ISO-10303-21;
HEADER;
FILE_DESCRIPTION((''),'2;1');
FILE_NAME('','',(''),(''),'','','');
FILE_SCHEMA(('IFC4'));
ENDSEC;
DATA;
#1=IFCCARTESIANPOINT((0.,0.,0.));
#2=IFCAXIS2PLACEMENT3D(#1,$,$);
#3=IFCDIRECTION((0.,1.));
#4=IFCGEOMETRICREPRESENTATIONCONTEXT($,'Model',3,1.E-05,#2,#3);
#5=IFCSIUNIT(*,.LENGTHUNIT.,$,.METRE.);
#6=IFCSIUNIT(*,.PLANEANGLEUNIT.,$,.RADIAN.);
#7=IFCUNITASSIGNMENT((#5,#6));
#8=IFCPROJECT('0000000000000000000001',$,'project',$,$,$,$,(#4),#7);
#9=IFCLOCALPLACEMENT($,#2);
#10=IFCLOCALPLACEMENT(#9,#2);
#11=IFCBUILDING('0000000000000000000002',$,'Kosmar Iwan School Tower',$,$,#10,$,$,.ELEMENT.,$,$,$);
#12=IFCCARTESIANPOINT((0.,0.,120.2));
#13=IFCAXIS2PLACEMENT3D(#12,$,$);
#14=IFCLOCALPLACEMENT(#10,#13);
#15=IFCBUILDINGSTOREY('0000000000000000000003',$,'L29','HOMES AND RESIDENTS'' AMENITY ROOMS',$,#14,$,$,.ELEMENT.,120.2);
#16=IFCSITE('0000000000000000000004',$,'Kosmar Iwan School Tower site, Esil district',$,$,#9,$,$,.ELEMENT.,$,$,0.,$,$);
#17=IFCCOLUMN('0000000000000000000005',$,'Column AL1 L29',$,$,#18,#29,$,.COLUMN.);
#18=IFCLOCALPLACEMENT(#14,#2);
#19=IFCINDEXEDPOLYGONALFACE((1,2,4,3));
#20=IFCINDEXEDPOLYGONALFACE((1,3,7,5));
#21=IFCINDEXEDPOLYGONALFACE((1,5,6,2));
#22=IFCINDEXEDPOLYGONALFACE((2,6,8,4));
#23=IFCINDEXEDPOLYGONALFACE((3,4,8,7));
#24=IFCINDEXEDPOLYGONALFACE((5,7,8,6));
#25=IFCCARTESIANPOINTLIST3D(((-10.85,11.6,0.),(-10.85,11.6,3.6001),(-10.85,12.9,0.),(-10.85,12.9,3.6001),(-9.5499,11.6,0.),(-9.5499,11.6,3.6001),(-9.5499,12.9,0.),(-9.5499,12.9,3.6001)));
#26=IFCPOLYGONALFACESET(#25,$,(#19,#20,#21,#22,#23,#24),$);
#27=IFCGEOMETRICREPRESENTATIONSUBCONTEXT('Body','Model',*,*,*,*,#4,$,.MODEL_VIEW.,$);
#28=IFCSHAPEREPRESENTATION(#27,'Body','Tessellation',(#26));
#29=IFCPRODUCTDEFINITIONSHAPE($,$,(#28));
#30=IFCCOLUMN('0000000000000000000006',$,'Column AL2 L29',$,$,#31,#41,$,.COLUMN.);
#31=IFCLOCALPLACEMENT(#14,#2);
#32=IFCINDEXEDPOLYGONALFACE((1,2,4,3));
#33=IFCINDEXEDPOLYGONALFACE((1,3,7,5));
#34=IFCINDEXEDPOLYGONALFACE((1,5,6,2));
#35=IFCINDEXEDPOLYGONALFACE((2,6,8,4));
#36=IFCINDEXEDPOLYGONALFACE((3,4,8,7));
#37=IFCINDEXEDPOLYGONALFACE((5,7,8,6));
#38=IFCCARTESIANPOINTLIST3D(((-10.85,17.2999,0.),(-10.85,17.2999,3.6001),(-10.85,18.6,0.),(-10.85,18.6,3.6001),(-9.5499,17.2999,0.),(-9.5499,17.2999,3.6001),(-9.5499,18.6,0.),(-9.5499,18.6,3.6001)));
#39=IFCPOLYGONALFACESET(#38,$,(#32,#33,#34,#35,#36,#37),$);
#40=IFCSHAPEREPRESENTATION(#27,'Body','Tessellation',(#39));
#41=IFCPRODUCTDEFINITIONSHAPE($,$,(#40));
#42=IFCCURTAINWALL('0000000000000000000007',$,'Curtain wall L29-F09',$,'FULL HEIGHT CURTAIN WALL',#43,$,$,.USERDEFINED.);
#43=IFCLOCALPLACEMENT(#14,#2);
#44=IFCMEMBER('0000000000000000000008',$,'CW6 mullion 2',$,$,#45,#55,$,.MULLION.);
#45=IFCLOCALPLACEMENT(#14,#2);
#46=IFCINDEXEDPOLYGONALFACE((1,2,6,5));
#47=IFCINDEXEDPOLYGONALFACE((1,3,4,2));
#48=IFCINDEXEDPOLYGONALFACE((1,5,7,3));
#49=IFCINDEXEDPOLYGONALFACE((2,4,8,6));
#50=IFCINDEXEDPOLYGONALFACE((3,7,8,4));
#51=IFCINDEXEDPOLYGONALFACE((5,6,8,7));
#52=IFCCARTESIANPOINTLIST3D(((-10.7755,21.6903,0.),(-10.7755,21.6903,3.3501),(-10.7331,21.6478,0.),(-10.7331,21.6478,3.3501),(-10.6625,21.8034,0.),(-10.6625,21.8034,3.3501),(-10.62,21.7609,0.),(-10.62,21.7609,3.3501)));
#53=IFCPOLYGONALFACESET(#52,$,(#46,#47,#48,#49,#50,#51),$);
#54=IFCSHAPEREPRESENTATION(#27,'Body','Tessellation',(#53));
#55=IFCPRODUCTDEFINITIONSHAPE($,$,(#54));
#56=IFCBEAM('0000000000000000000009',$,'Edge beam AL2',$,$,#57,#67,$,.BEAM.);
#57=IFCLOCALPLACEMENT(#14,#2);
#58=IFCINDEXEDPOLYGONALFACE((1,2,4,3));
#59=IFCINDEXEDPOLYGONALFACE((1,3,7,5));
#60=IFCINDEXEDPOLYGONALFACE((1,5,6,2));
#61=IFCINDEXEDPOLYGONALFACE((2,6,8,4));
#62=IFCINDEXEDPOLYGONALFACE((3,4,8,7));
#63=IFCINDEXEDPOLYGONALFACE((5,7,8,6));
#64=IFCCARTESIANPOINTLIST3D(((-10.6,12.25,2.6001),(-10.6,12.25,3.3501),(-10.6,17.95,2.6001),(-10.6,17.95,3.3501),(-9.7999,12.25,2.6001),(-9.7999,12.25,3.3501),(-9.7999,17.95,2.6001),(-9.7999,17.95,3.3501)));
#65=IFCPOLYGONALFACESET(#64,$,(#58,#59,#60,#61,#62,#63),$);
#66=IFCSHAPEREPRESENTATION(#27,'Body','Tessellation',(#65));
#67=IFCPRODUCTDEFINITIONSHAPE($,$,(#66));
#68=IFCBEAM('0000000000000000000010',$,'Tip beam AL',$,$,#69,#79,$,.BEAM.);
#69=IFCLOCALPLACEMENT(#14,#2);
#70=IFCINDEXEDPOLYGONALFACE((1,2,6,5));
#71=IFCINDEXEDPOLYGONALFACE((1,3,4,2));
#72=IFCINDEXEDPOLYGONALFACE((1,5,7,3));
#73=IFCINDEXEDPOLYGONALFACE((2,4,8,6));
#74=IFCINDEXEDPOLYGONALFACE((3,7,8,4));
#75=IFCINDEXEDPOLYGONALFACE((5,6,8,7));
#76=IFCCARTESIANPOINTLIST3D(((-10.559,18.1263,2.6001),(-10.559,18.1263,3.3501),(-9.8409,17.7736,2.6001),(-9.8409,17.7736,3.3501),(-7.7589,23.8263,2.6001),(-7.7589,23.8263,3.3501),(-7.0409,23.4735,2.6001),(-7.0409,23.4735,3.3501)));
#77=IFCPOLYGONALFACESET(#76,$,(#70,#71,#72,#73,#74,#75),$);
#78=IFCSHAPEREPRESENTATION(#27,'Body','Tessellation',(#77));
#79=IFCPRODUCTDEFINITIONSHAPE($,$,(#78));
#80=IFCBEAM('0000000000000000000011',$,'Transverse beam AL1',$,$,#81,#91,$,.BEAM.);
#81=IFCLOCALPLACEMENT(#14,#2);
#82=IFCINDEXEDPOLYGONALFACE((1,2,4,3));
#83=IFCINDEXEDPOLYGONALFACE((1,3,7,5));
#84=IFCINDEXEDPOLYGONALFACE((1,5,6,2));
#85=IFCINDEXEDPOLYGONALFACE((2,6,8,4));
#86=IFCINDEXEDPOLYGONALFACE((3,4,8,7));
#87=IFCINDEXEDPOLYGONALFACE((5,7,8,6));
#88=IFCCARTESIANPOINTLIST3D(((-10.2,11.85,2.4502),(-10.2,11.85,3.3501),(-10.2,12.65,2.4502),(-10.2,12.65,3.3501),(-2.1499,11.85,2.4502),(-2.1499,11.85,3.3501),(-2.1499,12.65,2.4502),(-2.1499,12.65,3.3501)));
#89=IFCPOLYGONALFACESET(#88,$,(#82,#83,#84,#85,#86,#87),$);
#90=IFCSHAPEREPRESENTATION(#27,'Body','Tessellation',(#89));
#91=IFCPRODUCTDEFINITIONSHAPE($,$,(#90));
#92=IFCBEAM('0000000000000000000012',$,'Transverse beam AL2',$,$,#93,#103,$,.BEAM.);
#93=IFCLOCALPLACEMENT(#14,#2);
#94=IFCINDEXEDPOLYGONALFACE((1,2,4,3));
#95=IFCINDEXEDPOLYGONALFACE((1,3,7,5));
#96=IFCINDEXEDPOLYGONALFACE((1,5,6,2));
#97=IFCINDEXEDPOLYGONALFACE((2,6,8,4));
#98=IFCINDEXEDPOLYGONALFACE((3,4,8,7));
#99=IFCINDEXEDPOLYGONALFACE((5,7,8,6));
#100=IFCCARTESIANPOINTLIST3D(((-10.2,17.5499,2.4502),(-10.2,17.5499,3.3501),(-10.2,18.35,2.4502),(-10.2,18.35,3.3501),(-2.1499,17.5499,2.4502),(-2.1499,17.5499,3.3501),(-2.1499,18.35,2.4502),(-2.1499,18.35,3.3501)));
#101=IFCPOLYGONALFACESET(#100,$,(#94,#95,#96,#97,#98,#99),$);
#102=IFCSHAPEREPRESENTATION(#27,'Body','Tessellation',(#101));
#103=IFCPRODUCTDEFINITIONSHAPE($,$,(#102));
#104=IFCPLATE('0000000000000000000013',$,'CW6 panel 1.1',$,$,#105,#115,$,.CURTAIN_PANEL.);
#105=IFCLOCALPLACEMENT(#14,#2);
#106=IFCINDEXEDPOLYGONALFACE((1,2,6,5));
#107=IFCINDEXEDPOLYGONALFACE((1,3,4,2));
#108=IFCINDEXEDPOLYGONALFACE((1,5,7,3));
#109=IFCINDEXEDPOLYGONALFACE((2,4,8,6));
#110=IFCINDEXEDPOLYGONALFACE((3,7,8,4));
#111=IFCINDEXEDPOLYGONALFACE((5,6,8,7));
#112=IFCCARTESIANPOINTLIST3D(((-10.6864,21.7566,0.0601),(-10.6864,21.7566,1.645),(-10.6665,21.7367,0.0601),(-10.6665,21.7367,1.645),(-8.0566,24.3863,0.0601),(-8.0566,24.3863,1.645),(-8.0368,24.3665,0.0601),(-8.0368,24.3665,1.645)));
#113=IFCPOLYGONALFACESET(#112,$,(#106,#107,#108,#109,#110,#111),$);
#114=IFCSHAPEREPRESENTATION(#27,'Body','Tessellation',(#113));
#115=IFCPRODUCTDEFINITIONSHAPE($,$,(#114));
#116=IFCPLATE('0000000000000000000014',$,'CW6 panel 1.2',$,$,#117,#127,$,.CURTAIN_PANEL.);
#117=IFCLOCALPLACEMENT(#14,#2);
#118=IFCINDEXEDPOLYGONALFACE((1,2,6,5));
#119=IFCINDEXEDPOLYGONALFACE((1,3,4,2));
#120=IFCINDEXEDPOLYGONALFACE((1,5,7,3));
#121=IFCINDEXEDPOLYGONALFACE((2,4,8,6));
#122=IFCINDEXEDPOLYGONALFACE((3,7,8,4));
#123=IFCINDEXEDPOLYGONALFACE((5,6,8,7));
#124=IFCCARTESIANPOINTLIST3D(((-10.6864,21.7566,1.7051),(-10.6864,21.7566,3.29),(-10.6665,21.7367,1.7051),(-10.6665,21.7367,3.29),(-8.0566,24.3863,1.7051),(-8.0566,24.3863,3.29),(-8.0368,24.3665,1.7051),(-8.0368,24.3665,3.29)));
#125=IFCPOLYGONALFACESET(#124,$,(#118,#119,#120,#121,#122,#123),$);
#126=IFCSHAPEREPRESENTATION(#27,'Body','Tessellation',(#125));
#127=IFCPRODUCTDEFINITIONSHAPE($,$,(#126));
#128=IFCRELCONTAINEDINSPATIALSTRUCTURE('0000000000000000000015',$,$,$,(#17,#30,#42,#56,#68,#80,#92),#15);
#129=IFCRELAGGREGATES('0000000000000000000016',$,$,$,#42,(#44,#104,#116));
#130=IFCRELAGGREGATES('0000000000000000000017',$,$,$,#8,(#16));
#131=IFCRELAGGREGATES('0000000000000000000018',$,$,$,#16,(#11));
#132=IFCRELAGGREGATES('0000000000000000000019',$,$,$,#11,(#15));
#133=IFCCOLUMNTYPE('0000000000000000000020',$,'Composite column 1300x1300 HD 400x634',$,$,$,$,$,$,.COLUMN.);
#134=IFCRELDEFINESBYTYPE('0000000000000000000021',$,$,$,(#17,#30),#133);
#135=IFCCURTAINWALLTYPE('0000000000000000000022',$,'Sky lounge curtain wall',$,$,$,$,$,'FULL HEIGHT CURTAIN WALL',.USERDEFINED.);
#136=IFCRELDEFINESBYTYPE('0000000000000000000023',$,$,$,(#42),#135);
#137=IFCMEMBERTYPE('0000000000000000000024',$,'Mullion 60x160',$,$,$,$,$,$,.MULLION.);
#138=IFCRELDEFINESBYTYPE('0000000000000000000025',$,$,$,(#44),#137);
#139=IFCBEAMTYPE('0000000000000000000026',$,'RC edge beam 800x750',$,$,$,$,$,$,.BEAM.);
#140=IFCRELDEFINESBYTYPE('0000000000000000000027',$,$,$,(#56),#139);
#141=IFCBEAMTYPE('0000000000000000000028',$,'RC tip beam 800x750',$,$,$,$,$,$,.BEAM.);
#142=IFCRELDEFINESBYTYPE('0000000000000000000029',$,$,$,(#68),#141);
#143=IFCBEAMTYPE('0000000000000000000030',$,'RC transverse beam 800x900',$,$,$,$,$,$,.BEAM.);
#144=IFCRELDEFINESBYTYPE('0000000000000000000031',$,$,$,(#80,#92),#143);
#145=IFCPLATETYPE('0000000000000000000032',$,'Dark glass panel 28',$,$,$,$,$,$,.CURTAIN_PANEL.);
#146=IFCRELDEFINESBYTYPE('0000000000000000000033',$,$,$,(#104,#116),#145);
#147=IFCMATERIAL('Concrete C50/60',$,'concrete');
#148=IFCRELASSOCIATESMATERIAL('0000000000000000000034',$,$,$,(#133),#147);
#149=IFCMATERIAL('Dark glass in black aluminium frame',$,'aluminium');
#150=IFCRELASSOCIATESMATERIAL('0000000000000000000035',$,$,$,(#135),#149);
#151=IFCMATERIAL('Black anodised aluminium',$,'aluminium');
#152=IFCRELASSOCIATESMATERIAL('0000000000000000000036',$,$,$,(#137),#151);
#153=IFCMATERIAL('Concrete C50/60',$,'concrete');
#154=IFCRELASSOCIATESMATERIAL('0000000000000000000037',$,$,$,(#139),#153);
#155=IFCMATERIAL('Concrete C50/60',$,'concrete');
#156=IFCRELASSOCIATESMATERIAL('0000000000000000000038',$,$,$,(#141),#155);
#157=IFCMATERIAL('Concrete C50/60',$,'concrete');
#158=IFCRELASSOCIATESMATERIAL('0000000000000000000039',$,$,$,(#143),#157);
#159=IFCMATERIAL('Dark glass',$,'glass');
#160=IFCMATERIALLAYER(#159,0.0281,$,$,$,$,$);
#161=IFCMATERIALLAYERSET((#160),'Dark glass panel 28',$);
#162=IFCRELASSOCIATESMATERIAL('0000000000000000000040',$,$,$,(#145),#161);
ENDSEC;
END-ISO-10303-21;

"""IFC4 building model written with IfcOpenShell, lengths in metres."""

from ifc_helpers import new_model, si_unit, direction, frame, origin, origin_2d, place, context, subcontext, project, spatial, rectangle, extrude, material, layer, layer_set, material_profile, profile_set, type_object, element, aggregate, save


model = new_model("IFC4")

# Units and contexts
model_context = context("Model", 3, precision=1e-05, world=origin(), true_north=direction((0.0, 1.0)))
body_context = subcontext(model_context, "Body", "Model", "MODEL_VIEW")
ifc_project = project(units=[si_unit("LENGTHUNIT", "METRE"), si_unit("PLANEANGLEUNIT", "RADIAN")], contexts=[model_context])

# Site, building, storey
site_placement = place(None, origin())
site = spatial("IfcSite", under=ifc_project, at=site_placement, Name="Kosmar Iwan School Tower site, Esil district", CompositionType="ELEMENT", RefElevation=0.0)
building_placement = place(site_placement, origin())
building = spatial("IfcBuilding", under=site, at=building_placement, Name="Kosmar Iwan School Tower", CompositionType="ELEMENT")
storey_placement = place(building_placement, frame((0.0, 0.0, 120.2)))
storey = spatial("IfcBuildingStorey", under=building, at=storey_placement, Name="L29", Description="HOMES AND RESIDENTS' AMENITY ROOMS", CompositionType="ELEMENT", Elevation=120.2)

# Columns
ifc_material_1 = material(Name="Concrete C50/60", Category="concrete")
ifc_material_profile_1 = material_profile(ifc_material_1, rectangle(XDim=1.3, YDim=1.3, at=origin_2d()), Name="RC 1300x1300 + HD 400x634")
ifc_profile_set_1 = profile_set([ifc_material_profile_1], Name="Concrete C50/60")
column_type = type_object("IfcColumnType", Name="Composite column 1300x1300 HD 400x634", PredefinedType="COLUMN", material=ifc_profile_set_1)
for number, where, z_axis, x_axis, name in (
    (1, (-10.2, 12.25, 0.0), (0.0, 0.0, 1.0), (0.0, 1.0, 0.0), "Column AL1 L29"),
    (2, (-10.2, 17.95, 0.0), (0.0, 0.0, 1.0), (0.0, 1.0, 0.0), "Column AL2 L29"),
):
    element("IfcColumn", number, at=place(storey_placement, frame(where, z_axis=z_axis, x_axis=x_axis)), inside=storey, type_object=column_type, Name=name, PredefinedType="COLUMN", context=body_context, shape_type="SweptSolid", body=[
        extrude(rectangle(XDim=1.3, YDim=1.3, at=origin_2d()), origin(), (0.0, 0.0, 1.0), 3.6001),
    ])

# Curtain wall, member
ifc_material_2 = material(Name="Dark glass in black aluminium frame", Category="aluminium")
curtain_wall_type = type_object("IfcCurtainWallType", Name="Sky lounge curtain wall", ElementType="FULL HEIGHT CURTAIN WALL", PredefinedType="USERDEFINED", material=ifc_material_2)
curtain_wall_placement = place(storey_placement, origin())
curtain_wall = element("IfcCurtainWall", 3, at=curtain_wall_placement, inside=storey, type_object=curtain_wall_type, Name="Curtain wall L29-F09", ObjectType="FULL HEIGHT CURTAIN WALL", PredefinedType="USERDEFINED")
ifc_material_3 = material(Name="Black anodised aluminium", Category="aluminium")
ifc_material_profile_2 = material_profile(ifc_material_3, rectangle(XDim=0.0601, YDim=0.1599, at=origin_2d()), Name="MULLION 60x160")
ifc_profile_set_2 = profile_set([ifc_material_profile_2], Name="Black anodised aluminium")
member_type = type_object("IfcMemberType", Name="Mullion 60x160", PredefinedType="MULLION", material=ifc_profile_set_2)
member_placement = place(storey_placement, frame((-10.6978, 21.7256, 0.0), z_axis=(0.0, 0.0, 1.0), x_axis=(0.707107, -0.707107, 0.0)))
member = element("IfcMember", 4, at=member_placement, type_object=member_type, Name="CW6 mullion 2", PredefinedType="MULLION", context=body_context, shape_type="SweptSolid", body=[
    extrude(rectangle(XDim=0.0601, YDim=0.1599, at=origin_2d()), origin(), (0.0, 0.0, 1.0), 3.3501),
])

# Beams
ifc_material_4 = material(Name="Concrete C50/60", Category="concrete")
ifc_material_profile_3 = material_profile(ifc_material_4, rectangle(XDim=0.8, YDim=0.75, at=origin_2d()), Name="RC 800x750")
ifc_profile_set_3 = profile_set([ifc_material_profile_3], Name="Concrete C50/60")
beam_type_1 = type_object("IfcBeamType", Name="RC edge beam 800x750", PredefinedType="BEAM", material=ifc_profile_set_3)
beam_1_placement = place(storey_placement, frame((-10.2, 12.25, 2.9751), z_axis=(0.0, 1.0, 0.0), x_axis=(-1.0, 0.0, 0.0)))
element("IfcBeam", 5, at=beam_1_placement, inside=storey, type_object=beam_type_1, Name="Edge beam AL2", PredefinedType="BEAM", context=body_context, shape_type="SweptSolid", body=[
    extrude(rectangle(XDim=0.8, YDim=0.75, at=origin_2d()), origin(), (0.0, 0.0, 1.0), 5.7),
])
ifc_material_5 = material(Name="Concrete C50/60", Category="concrete")
ifc_material_profile_4 = material_profile(ifc_material_5, rectangle(XDim=0.8, YDim=0.75, at=origin_2d()), Name="RC 800x750")
ifc_profile_set_4 = profile_set([ifc_material_profile_4], Name="Concrete C50/60")
beam_type_2 = type_object("IfcBeamType", Name="RC tip beam 800x750", PredefinedType="BEAM", material=ifc_profile_set_4)
beam_2_placement = place(storey_placement, frame((-10.2, 17.95, 2.9751), z_axis=(0.440913, 0.89755, 0.0), x_axis=(-0.89755, 0.440913, 0.0)))
element("IfcBeam", 6, at=beam_2_placement, inside=storey, type_object=beam_type_2, Name="Tip beam AL", PredefinedType="BEAM", context=body_context, shape_type="SweptSolid", body=[
    extrude(rectangle(XDim=0.8, YDim=0.75, at=origin_2d()), origin(), (0.0, 0.0, 1.0), 6.3506),
])
ifc_material_6 = material(Name="Concrete C50/60", Category="concrete")
ifc_material_profile_5 = material_profile(ifc_material_6, rectangle(XDim=0.8, YDim=0.8999, at=origin_2d()), Name="RC 800x900")
ifc_profile_set_5 = profile_set([ifc_material_profile_5], Name="Concrete C50/60")
beam_type_3 = type_object("IfcBeamType", Name="RC transverse beam 800x900", PredefinedType="BEAM", material=ifc_profile_set_5)
for number, where, z_axis, x_axis, name in (
    (7, (-10.2, 12.25, 2.9001), (1.0, 0.0, 0.0), (0.0, 1.0, 0.0), "Transverse beam AL1"),
    (8, (-10.2, 17.95, 2.9001), (1.0, 0.0, 0.0), (0.0, 1.0, 0.0), "Transverse beam AL2"),
):
    element("IfcBeam", number, at=place(storey_placement, frame(where, z_axis=z_axis, x_axis=x_axis)), inside=storey, type_object=beam_type_3, Name=name, PredefinedType="BEAM", context=body_context, shape_type="SweptSolid", body=[
        extrude(rectangle(XDim=0.8, YDim=0.8999, at=origin_2d()), origin(), (0.0, 0.0, 1.0), 8.05),
    ])

# Plates
ifc_material_7 = material(Name="Dark glass", Category="glass")
ifc_layer_1 = layer(ifc_material_7, 0.0281)
ifc_layer_set_1 = layer_set([ifc_layer_1], Name="Dark glass panel 28")
plate_type = type_object("IfcPlateType", Name="Dark glass panel 28", PredefinedType="CURTAIN_PANEL", material=ifc_layer_set_1)
plate_1_placement = place(storey_placement, frame((-9.3616, 23.0615, 0.0601), z_axis=(0.0, 0.0, 1.0), x_axis=(-0.707107, -0.707107, 0.0)))
plate_1 = element("IfcPlate", 9, at=plate_1_placement, type_object=plate_type, Name="CW6 panel 1.1", PredefinedType="CURTAIN_PANEL", context=body_context, shape_type="SweptSolid", body=[
    extrude(rectangle(XDim=3.719, YDim=0.0281, at=origin_2d()), origin(), (0.0, 0.0, 1.0), 1.585),
])
plate_2_placement = place(storey_placement, frame((-9.3616, 23.0615, 1.7051), z_axis=(0.0, 0.0, 1.0), x_axis=(-0.707107, -0.707107, 0.0)))
plate_2 = element("IfcPlate", 10, at=plate_2_placement, type_object=plate_type, Name="CW6 panel 1.2", PredefinedType="CURTAIN_PANEL", context=body_context, shape_type="SweptSolid", body=[
    extrude(rectangle(XDim=3.719, YDim=0.0281, at=origin_2d()), origin(), (0.0, 0.0, 1.0), 1.585),
])
aggregate(curtain_wall, [member, plate_1, plate_2])

save(model, "model.ifc")
